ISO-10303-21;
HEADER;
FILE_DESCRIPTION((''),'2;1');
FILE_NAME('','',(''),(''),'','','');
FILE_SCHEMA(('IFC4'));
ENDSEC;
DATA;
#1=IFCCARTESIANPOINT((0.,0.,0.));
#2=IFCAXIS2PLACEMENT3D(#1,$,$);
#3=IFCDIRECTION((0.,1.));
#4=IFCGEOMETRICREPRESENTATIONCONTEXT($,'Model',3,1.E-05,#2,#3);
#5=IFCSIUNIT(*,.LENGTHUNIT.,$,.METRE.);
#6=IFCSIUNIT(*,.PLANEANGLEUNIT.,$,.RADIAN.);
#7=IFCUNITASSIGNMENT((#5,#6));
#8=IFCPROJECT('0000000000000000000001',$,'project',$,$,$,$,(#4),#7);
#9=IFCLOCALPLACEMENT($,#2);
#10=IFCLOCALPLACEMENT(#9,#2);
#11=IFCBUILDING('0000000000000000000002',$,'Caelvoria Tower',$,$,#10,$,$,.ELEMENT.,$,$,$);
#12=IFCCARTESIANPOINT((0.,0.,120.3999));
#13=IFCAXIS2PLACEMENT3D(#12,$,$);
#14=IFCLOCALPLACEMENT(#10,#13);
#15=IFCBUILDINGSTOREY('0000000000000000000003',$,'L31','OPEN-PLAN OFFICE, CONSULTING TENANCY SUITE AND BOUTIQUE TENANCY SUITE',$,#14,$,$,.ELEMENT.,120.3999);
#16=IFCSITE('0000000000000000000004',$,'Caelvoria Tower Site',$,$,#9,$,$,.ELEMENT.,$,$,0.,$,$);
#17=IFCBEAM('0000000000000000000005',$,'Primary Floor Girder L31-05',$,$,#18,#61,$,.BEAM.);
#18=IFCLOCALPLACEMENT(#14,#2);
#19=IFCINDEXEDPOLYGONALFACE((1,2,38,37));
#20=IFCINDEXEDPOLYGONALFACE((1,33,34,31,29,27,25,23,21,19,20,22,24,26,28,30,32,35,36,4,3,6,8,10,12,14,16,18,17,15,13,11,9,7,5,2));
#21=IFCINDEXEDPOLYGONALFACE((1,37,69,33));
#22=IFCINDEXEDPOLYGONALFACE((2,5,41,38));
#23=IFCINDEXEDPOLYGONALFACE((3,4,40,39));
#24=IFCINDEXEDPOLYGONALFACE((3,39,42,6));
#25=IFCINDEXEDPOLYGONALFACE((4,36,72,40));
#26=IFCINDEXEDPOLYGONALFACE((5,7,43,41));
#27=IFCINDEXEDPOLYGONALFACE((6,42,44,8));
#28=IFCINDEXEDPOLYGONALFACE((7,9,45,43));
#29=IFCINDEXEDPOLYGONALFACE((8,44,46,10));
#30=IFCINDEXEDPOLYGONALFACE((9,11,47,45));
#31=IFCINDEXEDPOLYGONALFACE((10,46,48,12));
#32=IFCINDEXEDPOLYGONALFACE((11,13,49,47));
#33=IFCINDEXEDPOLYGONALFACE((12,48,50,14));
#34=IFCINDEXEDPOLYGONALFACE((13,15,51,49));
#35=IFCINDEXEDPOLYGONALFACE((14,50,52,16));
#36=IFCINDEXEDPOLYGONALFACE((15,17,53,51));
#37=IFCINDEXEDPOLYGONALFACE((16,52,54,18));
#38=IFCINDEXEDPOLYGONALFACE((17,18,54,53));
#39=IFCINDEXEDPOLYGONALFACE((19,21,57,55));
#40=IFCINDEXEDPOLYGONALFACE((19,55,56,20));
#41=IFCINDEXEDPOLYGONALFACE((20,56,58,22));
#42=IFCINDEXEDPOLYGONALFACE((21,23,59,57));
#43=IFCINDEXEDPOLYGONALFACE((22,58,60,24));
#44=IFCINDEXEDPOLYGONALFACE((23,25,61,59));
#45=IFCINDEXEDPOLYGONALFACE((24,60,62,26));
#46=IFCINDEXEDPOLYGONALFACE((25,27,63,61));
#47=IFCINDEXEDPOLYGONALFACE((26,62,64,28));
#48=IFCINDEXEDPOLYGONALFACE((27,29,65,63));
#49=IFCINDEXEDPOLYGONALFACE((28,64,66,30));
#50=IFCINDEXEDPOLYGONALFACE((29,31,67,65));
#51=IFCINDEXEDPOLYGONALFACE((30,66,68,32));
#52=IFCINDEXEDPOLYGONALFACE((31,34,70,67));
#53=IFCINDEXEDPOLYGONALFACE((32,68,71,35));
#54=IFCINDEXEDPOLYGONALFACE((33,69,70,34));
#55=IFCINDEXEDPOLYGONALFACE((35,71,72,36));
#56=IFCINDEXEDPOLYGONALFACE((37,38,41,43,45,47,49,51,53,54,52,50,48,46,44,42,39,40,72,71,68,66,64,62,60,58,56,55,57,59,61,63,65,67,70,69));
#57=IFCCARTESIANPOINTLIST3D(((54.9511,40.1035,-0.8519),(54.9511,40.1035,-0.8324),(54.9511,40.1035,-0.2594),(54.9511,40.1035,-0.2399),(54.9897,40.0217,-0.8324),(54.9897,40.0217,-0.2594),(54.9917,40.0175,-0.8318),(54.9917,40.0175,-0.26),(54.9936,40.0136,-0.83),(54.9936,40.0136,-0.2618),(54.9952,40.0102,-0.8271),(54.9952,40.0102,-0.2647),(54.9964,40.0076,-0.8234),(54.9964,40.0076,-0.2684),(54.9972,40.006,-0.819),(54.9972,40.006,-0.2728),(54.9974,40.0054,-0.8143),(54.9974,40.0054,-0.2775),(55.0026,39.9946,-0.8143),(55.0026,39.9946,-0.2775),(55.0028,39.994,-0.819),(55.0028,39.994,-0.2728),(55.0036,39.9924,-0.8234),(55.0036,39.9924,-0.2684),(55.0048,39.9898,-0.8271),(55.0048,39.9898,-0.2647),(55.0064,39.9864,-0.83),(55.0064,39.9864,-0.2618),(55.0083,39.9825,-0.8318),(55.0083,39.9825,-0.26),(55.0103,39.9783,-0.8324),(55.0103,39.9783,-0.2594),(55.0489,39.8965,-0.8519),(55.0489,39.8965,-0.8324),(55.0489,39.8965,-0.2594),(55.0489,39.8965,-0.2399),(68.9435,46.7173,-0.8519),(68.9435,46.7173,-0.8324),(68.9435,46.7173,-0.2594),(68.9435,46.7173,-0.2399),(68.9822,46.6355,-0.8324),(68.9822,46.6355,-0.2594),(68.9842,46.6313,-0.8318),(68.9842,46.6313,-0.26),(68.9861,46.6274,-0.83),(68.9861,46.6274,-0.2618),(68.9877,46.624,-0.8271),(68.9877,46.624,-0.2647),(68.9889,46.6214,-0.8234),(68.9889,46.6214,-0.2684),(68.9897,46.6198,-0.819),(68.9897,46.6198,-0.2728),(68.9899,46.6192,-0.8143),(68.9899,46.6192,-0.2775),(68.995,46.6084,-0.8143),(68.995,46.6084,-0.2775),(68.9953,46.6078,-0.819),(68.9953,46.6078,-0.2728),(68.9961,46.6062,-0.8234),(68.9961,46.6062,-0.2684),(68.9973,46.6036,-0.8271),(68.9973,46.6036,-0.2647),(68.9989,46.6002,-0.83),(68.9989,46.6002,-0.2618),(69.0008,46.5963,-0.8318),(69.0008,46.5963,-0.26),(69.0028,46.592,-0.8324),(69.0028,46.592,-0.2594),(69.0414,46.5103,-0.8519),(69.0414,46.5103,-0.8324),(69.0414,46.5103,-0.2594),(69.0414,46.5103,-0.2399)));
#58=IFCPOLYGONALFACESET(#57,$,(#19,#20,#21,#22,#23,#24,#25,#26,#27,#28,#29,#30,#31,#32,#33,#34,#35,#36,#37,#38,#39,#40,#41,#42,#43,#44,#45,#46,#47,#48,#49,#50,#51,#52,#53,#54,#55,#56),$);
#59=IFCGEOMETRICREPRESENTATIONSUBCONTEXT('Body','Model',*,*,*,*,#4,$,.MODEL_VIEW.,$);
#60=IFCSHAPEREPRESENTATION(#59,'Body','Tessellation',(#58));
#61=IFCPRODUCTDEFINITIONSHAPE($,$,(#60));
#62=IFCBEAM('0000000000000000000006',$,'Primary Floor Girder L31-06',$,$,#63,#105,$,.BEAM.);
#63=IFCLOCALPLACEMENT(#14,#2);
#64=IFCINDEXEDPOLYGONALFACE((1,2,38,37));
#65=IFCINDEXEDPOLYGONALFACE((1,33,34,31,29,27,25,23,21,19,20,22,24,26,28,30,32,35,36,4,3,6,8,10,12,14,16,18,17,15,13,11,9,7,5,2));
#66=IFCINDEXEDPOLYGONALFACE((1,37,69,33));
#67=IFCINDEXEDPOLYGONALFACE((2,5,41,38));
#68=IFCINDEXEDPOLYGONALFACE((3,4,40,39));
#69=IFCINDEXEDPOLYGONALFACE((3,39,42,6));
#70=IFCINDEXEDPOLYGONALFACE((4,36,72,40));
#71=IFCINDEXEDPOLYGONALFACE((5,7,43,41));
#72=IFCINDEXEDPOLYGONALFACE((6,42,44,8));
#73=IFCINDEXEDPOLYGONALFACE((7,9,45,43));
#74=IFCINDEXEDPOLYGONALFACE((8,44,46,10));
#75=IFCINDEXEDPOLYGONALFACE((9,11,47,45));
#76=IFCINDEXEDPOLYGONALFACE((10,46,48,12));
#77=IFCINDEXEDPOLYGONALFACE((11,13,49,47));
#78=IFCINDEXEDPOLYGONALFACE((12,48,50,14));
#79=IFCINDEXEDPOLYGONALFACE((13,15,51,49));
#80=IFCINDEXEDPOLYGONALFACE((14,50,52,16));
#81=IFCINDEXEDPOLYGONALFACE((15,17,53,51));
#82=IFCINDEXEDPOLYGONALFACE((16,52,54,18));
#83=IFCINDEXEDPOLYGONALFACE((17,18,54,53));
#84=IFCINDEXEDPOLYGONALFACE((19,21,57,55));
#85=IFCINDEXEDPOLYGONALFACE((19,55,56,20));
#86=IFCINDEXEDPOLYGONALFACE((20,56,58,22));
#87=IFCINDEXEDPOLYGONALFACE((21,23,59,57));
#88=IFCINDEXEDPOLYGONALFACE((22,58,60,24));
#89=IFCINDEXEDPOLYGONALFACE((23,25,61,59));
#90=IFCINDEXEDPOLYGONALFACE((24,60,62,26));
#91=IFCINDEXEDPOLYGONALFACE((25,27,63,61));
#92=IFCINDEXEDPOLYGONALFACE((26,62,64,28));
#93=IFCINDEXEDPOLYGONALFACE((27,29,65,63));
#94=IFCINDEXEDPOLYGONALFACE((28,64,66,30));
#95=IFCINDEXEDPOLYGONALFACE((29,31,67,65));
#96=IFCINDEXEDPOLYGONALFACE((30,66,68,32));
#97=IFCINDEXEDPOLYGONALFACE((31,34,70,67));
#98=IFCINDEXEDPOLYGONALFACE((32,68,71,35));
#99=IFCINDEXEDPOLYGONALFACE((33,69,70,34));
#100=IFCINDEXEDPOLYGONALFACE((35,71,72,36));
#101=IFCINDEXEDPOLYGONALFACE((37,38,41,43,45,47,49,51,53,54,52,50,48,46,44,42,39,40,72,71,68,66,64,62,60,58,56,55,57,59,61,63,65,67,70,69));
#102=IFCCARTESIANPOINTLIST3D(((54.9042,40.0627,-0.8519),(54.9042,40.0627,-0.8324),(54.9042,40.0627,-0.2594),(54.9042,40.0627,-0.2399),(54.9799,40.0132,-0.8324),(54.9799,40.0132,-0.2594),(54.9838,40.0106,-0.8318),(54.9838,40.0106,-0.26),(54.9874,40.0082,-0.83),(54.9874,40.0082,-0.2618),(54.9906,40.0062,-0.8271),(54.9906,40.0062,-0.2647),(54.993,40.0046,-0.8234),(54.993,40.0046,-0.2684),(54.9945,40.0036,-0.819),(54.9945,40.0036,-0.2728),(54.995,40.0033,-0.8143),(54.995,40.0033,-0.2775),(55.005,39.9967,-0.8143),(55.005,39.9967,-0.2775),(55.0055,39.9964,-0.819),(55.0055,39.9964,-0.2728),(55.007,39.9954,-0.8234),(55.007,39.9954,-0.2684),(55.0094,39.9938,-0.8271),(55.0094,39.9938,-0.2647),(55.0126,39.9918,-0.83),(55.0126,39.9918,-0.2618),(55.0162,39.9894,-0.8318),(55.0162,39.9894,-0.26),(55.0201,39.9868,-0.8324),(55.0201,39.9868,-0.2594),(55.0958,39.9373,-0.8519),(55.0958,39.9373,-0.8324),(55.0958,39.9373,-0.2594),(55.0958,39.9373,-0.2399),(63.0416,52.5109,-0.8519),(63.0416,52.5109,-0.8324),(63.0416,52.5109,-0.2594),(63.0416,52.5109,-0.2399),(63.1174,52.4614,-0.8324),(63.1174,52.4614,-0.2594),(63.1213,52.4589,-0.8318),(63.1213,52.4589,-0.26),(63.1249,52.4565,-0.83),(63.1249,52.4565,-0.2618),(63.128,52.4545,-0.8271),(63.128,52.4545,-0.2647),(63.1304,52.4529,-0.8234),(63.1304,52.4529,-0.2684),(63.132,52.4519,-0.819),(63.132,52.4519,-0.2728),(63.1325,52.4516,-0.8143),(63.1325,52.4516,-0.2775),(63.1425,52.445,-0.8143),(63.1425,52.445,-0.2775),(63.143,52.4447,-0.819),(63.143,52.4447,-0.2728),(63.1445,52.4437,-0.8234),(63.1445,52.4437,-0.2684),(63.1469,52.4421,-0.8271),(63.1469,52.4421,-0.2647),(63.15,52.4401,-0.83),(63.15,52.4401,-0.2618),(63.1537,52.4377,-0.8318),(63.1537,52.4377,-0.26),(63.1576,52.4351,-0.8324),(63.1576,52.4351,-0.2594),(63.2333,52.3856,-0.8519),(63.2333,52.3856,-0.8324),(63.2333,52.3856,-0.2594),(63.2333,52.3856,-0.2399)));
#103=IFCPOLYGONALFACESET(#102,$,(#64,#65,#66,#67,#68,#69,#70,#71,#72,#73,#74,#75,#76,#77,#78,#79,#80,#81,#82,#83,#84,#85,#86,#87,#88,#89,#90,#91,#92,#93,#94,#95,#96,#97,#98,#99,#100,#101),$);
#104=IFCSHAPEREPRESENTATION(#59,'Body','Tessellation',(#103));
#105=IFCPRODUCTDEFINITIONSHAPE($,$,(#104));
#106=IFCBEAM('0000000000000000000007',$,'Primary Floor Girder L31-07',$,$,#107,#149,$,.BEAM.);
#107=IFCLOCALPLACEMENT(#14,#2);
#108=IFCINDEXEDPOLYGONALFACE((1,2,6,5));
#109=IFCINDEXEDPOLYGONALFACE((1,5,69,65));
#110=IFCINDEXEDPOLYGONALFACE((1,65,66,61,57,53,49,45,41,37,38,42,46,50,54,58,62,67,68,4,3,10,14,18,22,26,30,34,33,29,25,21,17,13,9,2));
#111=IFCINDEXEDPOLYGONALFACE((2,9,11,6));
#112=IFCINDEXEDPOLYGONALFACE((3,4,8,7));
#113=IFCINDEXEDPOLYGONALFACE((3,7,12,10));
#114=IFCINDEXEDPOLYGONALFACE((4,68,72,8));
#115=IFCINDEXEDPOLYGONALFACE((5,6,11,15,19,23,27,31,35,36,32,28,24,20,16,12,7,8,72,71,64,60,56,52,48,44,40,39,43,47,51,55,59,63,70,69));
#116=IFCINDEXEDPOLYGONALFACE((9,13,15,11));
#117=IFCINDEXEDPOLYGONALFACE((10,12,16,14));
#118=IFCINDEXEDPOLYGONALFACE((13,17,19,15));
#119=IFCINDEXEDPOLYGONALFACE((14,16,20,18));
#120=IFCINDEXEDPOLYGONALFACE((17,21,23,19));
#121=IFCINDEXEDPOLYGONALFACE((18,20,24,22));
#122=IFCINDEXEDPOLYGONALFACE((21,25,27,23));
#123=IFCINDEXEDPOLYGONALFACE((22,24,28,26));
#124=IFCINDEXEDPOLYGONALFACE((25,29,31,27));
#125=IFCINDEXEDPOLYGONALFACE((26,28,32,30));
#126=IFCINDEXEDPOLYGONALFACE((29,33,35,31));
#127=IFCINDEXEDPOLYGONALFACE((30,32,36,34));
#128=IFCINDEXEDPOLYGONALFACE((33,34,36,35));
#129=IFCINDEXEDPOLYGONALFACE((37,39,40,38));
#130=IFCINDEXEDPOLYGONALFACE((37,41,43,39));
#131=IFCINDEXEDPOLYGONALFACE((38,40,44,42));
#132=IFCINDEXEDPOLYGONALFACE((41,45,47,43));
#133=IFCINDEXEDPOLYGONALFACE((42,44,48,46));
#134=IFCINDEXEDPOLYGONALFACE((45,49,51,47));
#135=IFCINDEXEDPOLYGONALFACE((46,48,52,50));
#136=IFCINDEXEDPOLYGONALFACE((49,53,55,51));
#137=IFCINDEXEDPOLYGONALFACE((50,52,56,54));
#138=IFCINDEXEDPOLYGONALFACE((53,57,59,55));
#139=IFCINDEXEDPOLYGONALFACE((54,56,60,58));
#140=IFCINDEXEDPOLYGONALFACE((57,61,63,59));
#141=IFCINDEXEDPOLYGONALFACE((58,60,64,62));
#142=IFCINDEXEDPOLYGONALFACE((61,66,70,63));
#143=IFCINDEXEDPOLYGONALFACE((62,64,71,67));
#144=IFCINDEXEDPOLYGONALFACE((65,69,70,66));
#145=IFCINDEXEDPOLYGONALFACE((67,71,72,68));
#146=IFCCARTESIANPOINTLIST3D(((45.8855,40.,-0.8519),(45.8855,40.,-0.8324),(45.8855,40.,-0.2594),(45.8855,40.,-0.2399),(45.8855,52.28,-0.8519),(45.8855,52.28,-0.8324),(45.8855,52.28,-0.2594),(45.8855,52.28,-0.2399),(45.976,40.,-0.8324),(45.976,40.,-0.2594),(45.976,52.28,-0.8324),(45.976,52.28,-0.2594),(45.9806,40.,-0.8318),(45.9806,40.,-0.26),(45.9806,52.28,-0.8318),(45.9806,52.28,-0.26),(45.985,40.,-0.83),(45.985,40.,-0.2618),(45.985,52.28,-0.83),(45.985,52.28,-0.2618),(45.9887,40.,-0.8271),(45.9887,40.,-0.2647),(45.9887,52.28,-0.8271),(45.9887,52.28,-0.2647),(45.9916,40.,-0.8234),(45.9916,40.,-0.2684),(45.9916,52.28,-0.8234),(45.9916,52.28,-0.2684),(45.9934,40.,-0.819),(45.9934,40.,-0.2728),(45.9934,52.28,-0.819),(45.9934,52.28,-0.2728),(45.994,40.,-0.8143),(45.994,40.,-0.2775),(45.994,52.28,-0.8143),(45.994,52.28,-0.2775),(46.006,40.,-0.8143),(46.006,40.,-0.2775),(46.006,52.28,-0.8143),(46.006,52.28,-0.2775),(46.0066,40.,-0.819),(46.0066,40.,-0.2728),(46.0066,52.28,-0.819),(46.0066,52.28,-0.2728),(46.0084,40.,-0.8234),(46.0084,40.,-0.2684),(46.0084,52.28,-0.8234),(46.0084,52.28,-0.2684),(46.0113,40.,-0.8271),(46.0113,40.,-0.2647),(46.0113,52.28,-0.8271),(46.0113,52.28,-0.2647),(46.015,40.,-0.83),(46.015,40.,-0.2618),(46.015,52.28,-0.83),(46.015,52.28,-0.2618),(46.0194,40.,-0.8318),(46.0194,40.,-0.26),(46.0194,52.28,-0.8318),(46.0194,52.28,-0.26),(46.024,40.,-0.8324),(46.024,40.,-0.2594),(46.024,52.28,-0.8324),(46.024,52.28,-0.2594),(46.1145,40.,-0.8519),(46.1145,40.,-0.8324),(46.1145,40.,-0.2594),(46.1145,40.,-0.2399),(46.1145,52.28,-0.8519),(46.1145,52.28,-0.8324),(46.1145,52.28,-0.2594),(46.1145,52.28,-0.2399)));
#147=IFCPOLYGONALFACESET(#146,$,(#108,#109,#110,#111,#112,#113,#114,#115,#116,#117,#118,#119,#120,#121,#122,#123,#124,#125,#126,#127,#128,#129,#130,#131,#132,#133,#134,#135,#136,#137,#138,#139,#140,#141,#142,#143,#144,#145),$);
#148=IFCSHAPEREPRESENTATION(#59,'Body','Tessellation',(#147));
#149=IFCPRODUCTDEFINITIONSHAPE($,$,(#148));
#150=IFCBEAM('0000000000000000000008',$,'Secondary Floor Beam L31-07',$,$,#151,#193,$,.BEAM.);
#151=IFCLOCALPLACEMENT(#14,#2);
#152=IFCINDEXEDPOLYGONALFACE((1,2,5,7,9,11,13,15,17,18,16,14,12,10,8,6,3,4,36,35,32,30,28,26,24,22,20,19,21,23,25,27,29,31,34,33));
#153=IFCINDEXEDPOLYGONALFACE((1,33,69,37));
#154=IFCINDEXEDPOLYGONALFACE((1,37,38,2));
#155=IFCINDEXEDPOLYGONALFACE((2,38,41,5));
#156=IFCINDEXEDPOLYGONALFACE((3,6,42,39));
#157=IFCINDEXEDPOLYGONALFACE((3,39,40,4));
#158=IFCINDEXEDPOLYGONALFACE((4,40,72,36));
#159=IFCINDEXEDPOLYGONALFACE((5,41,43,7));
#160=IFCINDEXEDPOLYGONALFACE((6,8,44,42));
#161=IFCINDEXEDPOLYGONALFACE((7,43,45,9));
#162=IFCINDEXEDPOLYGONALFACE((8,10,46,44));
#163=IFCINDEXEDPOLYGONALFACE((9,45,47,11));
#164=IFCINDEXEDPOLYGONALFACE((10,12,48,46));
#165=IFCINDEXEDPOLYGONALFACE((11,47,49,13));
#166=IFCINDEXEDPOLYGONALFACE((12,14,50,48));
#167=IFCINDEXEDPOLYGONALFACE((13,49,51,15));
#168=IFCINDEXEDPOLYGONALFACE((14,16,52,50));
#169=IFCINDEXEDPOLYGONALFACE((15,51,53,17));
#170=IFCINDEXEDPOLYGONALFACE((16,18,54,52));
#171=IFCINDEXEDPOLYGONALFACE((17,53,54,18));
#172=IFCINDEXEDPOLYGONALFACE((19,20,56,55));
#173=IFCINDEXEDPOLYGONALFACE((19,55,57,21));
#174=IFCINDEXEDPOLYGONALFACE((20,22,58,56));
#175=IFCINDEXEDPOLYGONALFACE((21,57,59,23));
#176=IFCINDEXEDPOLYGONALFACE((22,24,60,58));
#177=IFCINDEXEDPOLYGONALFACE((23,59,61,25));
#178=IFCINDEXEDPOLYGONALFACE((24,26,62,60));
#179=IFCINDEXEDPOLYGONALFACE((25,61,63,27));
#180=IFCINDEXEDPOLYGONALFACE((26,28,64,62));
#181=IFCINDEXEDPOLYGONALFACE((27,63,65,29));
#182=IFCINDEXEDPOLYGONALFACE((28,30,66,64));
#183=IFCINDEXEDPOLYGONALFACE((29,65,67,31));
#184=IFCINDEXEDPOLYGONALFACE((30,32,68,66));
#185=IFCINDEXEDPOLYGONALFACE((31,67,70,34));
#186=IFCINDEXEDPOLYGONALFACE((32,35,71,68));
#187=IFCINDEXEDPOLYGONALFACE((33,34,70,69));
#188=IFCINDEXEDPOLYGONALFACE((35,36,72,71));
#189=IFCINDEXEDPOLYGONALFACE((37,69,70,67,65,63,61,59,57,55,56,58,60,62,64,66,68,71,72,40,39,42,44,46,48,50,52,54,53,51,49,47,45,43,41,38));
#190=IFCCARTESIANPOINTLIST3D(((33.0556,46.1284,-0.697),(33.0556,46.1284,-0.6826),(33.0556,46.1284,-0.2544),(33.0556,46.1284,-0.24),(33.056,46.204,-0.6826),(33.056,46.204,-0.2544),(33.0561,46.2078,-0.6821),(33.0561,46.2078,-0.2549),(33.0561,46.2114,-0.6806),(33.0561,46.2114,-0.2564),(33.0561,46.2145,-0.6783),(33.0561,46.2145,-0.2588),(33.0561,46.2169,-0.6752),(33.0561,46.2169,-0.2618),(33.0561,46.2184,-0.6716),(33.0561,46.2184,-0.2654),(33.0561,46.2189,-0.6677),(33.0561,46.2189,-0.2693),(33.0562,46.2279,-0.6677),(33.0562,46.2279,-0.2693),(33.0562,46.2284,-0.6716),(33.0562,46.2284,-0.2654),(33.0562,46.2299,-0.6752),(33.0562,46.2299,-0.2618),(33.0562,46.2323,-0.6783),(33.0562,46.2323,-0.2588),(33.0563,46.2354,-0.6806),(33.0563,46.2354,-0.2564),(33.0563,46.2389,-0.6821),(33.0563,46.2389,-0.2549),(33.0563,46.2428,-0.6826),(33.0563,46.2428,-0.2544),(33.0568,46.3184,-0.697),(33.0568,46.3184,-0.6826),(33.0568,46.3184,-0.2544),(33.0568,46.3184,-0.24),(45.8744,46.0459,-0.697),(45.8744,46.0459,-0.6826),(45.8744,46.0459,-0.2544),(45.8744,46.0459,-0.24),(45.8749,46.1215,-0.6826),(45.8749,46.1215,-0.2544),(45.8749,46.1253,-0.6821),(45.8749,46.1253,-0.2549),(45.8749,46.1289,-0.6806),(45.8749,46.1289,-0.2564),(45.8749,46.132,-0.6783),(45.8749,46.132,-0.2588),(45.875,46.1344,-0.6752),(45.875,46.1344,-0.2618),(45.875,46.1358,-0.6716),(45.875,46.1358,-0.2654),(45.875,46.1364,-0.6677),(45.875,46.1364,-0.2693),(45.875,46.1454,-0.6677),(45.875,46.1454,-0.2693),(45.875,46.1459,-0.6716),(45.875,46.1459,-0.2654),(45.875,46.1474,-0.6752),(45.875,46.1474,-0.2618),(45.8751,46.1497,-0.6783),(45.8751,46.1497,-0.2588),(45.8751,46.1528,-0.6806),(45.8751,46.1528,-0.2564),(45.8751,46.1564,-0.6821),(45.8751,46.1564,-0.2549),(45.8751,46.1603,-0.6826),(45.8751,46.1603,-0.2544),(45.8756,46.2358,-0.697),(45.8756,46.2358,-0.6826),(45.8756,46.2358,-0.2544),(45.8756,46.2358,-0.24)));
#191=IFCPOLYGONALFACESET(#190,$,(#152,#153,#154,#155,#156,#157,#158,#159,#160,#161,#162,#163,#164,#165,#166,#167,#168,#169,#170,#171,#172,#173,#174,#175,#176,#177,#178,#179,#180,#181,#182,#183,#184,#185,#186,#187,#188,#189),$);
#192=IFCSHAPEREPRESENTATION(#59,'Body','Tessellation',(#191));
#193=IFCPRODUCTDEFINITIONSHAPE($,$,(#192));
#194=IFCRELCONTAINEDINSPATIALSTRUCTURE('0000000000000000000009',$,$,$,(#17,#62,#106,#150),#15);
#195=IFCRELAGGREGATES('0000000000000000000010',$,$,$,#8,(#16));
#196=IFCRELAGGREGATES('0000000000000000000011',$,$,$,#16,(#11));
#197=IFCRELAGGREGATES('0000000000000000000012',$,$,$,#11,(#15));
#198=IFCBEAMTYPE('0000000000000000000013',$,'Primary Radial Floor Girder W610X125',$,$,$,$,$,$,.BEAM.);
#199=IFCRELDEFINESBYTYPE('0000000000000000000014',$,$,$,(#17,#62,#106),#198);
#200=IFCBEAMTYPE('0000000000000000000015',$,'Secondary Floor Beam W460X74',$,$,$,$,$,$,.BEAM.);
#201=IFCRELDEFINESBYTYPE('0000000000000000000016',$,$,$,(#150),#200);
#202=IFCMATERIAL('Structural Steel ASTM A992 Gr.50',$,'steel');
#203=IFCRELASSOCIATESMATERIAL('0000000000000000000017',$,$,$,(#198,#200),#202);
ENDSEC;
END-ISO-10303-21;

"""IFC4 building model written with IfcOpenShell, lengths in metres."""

from ifc_helpers import new_model, si_unit, direction, frame, origin, origin_2d, place, context, subcontext, project, spatial, i_section, extrude, material, material_profile, profile_set, type_object, element, save


model = new_model("IFC4")

# Units and contexts
model_context = context("Model", 3, precision=1e-05, world=origin(), true_north=direction((0.0, 1.0)))
body_context = subcontext(model_context, "Body", "Model", "MODEL_VIEW")
ifc_project = project(units=[si_unit("LENGTHUNIT", "METRE"), si_unit("PLANEANGLEUNIT", "RADIAN")], contexts=[model_context])

# Site, building, storey
site_placement = place(None, origin())
site = spatial("IfcSite", under=ifc_project, at=site_placement, Name="Caelvoria Tower Site", CompositionType="ELEMENT", RefElevation=0.0)
building_placement = place(site_placement, origin())
building = spatial("IfcBuilding", under=site, at=building_placement, Name="Caelvoria Tower", CompositionType="ELEMENT")
storey_placement = place(building_placement, frame((0.0, 0.0, 120.3999)))
storey = spatial("IfcBuildingStorey", under=building, at=storey_placement, Name="L31", Description="OPEN-PLAN OFFICE, CONSULTING TENANCY SUITE AND BOUTIQUE TENANCY SUITE", CompositionType="ELEMENT", Elevation=120.3999)

# Beams
ifc_material_1 = material(Name="Structural Steel ASTM A992 Gr.50", Category="steel")
ifc_material_profile_1 = material_profile(ifc_material_1, i_section(OverallWidth=0.229, OverallDepth=0.6121, WebThickness=0.012, FlangeThickness=0.0195, FilletRadius=0.0181, at=origin_2d()), Name="Structural Steel ASTM A992 Gr.50")
ifc_profile_set_1 = profile_set([ifc_material_profile_1], Name="W610X125 - Structural Steel ASTM A992 Gr.50")
beam_type_1 = type_object("IfcBeamType", Name="Primary Radial Floor Girder W610X125", PredefinedType="BEAM", material=ifc_profile_set_1)
beam_1_placement = place(storey_placement, frame((55.0, 40.0, -0.5459), z_axis=(0.904093, 0.427336, 0.0), x_axis=(-0.427336, 0.904093, 0.0)))
element("IfcBeam", 1, at=beam_1_placement, inside=storey, type_object=beam_type_1, Name="Primary Floor Girder L31-05", PredefinedType="BEAM", context=body_context, shape_type="SweptSolid", body=[
    extrude(i_section(OverallWidth=0.229, OverallDepth=0.6121, WebThickness=0.012, FlangeThickness=0.0195, FilletRadius=0.0181, at=origin_2d()), origin(), (0.0, 0.0, 1.0), 15.4768),
])
beam_2_placement = place(storey_placement, frame((55.0, 40.0, -0.5459), z_axis=(0.547165, 0.837025, 0.0), x_axis=(-0.837025, 0.547165, 0.0)))
element("IfcBeam", 2, at=beam_2_placement, inside=storey, type_object=beam_type_1, Name="Primary Floor Girder L31-06", PredefinedType="BEAM", context=body_context, shape_type="SweptSolid", body=[
    extrude(i_section(OverallWidth=0.229, OverallDepth=0.6121, WebThickness=0.012, FlangeThickness=0.0195, FilletRadius=0.0181, at=origin_2d()), origin(), (0.0, 0.0, 1.0), 14.8721),
])
beam_3_placement = place(storey_placement, frame((46.0, 40.0, -0.5459), z_axis=(0.0, 1.0, 0.0), x_axis=(-1.0, 0.0, 0.0)))
element("IfcBeam", 3, at=beam_3_placement, inside=storey, type_object=beam_type_1, Name="Primary Floor Girder L31-07", PredefinedType="BEAM", context=body_context, shape_type="SweptSolid", body=[
    extrude(i_section(OverallWidth=0.229, OverallDepth=0.6121, WebThickness=0.012, FlangeThickness=0.0195, FilletRadius=0.0181, at=origin_2d()), origin(), (0.0, 0.0, 1.0), 12.28),
])
ifc_material_profile_2 = material_profile(ifc_material_1, i_section(OverallWidth=0.1899, OverallDepth=0.457, WebThickness=0.009, FlangeThickness=0.0144, FilletRadius=0.0149, at=origin_2d()), Name="Structural Steel ASTM A992 Gr.50")
ifc_profile_set_2 = profile_set([ifc_material_profile_2], Name="W460X74 - Structural Steel ASTM A992 Gr.50")
beam_type_2 = type_object("IfcBeamType", Name="Secondary Floor Beam W460X74", PredefinedType="BEAM", material=ifc_profile_set_2)
beam_4_placement = place(storey_placement, frame((45.875, 46.1409, -0.4685), z_axis=(-0.999979, 0.006437, 0.0), x_axis=(-0.006437, -0.999979, 0.0)))
element("IfcBeam", 4, at=beam_4_placement, inside=storey, type_object=beam_type_2, Name="Secondary Floor Beam L31-07", PredefinedType="BEAM", context=body_context, shape_type="SweptSolid", body=[
    extrude(i_section(OverallWidth=0.1899, OverallDepth=0.457, WebThickness=0.009, FlangeThickness=0.0144, FilletRadius=0.0149, at=origin_2d()), origin(), (0.0, 0.0, 1.0), 12.8191),
])

save(model, "model.ifc")
